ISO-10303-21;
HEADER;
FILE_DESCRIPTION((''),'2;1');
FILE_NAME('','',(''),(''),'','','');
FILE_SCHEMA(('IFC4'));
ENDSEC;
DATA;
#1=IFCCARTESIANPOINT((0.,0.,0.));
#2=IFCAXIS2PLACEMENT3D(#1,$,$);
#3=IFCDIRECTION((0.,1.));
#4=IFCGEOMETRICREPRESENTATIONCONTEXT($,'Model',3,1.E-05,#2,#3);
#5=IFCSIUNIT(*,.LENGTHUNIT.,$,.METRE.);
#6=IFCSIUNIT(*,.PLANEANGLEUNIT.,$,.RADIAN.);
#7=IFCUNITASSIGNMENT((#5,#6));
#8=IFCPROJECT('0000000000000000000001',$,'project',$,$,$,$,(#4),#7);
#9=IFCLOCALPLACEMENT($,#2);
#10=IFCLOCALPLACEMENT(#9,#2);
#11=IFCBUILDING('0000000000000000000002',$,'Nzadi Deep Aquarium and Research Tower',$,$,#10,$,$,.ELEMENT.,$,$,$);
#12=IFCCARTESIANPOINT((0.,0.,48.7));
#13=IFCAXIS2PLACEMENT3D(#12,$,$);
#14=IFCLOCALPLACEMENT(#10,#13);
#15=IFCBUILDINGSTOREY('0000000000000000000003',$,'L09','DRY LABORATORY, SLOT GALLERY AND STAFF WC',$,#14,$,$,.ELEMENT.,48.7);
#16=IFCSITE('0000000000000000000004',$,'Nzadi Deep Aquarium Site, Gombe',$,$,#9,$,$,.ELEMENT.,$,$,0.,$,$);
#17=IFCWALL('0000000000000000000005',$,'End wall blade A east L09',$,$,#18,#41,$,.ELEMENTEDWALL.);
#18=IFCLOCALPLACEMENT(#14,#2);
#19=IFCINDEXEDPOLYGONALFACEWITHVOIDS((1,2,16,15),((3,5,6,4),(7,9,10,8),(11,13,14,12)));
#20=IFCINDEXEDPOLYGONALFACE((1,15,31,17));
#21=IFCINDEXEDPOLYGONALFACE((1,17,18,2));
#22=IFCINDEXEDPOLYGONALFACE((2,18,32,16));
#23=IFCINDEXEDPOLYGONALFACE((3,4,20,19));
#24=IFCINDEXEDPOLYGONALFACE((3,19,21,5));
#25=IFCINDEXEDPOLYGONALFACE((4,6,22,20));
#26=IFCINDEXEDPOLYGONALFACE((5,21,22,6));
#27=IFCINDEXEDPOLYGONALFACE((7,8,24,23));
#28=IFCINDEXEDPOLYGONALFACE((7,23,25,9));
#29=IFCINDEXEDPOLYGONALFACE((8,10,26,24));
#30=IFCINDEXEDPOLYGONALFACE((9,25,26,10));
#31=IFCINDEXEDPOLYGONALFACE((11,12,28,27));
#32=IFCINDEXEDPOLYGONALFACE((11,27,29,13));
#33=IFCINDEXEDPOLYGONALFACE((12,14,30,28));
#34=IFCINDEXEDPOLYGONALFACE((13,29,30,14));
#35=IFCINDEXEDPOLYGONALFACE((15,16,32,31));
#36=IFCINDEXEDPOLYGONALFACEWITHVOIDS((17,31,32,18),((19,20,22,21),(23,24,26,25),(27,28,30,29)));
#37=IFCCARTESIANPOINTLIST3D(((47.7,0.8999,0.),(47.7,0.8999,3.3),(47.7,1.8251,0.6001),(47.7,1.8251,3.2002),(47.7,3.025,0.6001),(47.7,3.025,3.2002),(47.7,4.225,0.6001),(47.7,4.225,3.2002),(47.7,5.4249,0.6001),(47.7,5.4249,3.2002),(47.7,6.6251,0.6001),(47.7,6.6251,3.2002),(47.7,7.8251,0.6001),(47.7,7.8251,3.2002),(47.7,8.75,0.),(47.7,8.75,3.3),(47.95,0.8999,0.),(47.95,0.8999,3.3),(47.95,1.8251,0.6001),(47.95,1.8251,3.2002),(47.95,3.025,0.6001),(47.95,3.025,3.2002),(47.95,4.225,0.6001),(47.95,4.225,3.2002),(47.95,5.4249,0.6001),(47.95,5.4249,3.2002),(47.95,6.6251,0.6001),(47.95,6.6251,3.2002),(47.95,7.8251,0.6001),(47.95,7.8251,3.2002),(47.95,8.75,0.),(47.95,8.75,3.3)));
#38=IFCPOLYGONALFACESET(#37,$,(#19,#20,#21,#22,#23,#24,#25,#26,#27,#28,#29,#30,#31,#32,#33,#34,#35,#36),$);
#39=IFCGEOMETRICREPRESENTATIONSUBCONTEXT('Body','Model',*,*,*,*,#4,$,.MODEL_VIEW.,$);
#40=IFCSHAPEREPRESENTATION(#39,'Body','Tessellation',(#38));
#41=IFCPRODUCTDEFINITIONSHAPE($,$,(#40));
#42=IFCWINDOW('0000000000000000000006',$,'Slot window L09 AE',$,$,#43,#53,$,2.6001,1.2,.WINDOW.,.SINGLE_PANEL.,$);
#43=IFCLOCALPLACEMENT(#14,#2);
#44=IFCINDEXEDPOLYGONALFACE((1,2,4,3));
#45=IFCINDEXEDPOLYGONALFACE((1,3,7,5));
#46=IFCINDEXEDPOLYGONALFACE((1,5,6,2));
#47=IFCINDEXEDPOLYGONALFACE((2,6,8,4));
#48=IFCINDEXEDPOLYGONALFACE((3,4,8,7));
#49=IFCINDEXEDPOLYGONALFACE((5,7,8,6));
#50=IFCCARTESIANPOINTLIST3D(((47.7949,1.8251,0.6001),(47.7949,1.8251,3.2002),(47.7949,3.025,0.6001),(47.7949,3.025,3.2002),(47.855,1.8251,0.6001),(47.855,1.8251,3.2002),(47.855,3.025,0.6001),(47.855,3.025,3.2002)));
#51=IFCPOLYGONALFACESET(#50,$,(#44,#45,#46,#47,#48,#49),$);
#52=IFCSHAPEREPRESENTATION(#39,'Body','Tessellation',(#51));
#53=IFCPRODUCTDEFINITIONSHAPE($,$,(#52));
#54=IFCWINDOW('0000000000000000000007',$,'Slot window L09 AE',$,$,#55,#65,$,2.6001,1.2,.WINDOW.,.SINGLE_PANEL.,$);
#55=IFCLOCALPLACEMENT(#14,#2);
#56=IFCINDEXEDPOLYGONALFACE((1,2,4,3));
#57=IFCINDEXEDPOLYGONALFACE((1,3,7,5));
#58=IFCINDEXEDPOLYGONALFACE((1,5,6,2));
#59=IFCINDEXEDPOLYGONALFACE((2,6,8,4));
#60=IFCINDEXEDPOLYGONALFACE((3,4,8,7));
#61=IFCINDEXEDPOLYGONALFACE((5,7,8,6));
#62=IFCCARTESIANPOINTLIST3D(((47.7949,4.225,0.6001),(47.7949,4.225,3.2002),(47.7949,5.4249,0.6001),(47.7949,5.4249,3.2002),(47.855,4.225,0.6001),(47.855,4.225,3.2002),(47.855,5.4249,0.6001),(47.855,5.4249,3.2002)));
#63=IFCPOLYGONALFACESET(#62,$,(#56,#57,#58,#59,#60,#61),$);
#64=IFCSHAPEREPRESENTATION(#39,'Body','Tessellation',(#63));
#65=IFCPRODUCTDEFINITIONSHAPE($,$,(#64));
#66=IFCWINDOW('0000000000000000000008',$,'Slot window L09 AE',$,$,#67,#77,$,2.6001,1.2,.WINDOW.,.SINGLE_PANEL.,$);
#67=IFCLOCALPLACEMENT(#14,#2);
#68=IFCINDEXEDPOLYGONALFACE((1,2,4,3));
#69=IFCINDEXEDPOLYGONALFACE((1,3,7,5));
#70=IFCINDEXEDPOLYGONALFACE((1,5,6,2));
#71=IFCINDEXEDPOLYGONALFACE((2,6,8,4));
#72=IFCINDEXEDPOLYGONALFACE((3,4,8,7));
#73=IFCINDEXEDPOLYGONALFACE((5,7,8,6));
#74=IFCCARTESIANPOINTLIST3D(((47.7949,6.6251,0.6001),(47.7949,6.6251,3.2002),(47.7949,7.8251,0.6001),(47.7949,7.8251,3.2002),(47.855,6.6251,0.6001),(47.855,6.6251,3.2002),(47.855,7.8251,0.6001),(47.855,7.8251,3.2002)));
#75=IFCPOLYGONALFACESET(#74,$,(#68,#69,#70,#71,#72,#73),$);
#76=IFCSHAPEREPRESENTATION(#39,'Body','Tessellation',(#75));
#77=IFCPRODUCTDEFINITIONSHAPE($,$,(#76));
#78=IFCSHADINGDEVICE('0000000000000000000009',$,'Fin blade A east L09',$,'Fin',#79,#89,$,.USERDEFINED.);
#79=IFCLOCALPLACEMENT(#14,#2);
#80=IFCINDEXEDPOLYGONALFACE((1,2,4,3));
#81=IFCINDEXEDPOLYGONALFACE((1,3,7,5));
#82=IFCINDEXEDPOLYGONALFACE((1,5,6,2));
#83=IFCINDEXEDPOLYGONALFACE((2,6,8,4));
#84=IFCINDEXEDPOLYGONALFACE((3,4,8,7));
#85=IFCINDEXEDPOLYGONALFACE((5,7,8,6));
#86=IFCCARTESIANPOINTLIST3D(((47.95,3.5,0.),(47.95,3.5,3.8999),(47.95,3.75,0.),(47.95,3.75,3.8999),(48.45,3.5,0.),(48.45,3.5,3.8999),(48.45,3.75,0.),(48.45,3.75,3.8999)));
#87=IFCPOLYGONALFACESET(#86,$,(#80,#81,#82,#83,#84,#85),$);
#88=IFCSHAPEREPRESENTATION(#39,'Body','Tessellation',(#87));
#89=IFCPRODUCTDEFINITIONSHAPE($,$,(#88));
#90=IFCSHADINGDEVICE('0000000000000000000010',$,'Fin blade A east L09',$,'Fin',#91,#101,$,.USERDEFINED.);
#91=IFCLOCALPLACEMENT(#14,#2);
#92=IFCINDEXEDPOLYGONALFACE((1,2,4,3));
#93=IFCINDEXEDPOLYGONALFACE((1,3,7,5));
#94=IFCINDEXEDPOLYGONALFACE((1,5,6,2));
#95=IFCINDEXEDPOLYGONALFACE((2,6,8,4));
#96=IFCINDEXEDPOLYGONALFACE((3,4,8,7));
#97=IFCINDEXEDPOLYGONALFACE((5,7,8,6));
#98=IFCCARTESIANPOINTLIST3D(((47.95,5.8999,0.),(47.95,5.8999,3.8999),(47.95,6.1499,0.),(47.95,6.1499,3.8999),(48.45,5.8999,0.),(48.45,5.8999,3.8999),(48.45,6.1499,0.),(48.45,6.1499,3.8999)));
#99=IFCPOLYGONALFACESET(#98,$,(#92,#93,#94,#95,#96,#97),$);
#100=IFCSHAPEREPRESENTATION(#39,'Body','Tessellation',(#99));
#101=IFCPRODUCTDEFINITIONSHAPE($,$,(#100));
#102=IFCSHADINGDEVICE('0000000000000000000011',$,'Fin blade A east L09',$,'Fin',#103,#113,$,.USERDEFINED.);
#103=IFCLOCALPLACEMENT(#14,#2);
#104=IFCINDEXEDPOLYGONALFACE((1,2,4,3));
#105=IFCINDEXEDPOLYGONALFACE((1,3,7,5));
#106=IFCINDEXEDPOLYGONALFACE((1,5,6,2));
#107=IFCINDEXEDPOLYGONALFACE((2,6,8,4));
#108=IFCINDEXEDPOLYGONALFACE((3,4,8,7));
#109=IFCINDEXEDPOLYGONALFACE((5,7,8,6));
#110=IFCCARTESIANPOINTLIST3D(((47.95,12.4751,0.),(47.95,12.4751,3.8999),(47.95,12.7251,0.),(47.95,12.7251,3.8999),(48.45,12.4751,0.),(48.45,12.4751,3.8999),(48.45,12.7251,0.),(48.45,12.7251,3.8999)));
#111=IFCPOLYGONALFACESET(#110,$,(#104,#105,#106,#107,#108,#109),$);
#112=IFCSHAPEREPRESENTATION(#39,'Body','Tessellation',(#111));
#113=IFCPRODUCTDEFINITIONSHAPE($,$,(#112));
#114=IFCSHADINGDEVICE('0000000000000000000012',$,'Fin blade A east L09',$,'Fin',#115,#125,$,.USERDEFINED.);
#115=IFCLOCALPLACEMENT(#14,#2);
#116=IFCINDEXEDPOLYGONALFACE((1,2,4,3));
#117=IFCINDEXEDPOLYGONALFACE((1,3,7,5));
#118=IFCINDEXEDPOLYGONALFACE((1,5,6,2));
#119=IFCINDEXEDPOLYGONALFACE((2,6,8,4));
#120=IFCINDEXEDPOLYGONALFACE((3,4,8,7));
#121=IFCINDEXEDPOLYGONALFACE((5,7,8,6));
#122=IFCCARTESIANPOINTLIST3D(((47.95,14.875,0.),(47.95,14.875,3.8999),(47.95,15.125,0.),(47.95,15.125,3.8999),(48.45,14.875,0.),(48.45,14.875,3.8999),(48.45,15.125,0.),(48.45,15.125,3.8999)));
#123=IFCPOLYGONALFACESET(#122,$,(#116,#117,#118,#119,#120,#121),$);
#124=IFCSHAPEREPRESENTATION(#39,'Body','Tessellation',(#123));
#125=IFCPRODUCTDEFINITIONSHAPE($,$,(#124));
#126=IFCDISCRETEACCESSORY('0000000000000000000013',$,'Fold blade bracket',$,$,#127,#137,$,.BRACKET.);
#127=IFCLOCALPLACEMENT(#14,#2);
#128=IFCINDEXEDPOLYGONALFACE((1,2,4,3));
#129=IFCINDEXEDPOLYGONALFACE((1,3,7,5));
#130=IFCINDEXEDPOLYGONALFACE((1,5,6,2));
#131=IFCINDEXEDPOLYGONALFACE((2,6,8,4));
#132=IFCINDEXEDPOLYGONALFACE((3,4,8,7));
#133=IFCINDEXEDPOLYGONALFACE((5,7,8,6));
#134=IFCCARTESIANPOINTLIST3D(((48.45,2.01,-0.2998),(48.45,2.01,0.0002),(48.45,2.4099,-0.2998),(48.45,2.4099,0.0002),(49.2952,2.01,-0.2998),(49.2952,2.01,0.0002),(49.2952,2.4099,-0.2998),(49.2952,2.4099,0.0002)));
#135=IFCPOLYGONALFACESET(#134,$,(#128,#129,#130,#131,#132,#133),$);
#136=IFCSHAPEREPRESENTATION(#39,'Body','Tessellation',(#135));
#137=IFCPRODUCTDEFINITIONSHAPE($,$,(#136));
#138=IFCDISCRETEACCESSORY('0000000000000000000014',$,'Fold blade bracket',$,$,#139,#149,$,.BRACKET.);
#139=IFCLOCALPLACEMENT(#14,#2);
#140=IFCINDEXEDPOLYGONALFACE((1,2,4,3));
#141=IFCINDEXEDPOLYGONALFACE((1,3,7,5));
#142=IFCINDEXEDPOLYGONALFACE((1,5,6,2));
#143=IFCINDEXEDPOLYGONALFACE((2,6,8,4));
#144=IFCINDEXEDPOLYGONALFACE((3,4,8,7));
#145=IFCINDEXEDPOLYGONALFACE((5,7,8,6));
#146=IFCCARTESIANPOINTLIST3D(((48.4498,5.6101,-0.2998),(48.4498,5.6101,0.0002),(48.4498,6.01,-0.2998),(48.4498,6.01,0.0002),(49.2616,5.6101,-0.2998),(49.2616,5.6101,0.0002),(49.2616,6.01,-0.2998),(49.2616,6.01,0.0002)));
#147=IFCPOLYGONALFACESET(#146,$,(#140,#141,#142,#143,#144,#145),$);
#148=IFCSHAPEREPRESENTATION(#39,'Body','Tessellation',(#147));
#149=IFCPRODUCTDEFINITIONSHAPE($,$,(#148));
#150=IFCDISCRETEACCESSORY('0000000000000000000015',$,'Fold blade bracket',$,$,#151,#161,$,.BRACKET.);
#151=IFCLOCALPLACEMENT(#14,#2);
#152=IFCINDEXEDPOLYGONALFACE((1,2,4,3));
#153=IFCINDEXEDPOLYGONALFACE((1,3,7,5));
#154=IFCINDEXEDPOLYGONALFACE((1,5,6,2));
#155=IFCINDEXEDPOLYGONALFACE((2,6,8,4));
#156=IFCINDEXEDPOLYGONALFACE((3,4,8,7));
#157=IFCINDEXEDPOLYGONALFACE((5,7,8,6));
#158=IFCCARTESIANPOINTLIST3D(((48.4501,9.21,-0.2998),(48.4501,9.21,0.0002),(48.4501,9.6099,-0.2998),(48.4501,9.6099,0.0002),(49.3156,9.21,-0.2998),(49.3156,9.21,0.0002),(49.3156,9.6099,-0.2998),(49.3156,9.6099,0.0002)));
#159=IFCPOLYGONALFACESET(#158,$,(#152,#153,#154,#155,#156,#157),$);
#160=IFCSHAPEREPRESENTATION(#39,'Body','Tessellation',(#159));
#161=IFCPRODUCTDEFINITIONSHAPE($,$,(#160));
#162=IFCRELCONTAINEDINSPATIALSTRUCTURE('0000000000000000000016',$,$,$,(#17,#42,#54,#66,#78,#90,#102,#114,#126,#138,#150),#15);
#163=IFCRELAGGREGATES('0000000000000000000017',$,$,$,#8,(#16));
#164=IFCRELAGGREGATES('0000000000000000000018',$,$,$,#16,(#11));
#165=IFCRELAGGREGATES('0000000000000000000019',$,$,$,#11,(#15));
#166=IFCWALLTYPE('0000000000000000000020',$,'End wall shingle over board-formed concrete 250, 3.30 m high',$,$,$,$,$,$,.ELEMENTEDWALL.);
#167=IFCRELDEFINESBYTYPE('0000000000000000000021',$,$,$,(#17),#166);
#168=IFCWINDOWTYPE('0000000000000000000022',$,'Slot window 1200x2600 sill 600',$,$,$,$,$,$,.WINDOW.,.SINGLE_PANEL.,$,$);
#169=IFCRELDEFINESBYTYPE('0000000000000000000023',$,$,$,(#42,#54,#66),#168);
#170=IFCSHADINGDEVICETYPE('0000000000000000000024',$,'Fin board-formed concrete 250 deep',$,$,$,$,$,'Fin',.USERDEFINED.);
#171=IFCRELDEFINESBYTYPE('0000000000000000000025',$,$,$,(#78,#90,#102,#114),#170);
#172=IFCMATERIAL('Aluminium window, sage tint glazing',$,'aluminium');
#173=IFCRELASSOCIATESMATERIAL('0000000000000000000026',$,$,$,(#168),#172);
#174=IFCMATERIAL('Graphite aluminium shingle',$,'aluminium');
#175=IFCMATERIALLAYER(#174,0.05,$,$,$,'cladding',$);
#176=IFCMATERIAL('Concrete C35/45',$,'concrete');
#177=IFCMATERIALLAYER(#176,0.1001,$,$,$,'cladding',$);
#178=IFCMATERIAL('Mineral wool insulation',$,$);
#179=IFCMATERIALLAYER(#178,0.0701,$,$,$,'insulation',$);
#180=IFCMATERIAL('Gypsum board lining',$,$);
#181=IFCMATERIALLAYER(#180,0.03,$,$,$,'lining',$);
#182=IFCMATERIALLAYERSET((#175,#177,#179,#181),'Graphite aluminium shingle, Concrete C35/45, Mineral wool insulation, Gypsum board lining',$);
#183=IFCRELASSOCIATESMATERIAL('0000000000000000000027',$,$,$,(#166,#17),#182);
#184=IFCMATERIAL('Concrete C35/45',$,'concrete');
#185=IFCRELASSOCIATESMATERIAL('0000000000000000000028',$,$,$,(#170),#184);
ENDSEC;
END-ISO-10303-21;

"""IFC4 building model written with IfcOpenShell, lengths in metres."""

from ifc_helpers import new_model, si_unit, direction, frame, frame_2d, origin, origin_2d, place, context, subcontext, project, spatial, rectangle, extrude, material, layer, layer_set, layer_usage, type_object, element, fill, save


model = new_model("IFC4")

# Units and contexts
model_context = context("Model", 3, precision=1e-05, world=origin(), true_north=direction((0.0, 1.0)))
body_context = subcontext(model_context, "Body", "Model", "MODEL_VIEW")
ifc_project = project(units=[si_unit("LENGTHUNIT", "METRE"), si_unit("PLANEANGLEUNIT", "RADIAN")], contexts=[model_context])

# Site, building, storey
site_placement = place(None, origin())
site = spatial("IfcSite", under=ifc_project, at=site_placement, Name="Nzadi Deep Aquarium Site, Gombe", CompositionType="ELEMENT", RefElevation=0.0)
building_placement = place(site_placement, origin())
building = spatial("IfcBuilding", under=site, at=building_placement, Name="Nzadi Deep Aquarium and Research Tower", CompositionType="ELEMENT")
storey_placement = place(building_placement, frame((0.0, 0.0, 48.7)))
storey = spatial("IfcBuildingStorey", under=building, at=storey_placement, Name="L09", Description="DRY LABORATORY, SLOT GALLERY AND STAFF WC", CompositionType="ELEMENT", Elevation=48.7)

# Wall, openings, windows
ifc_material_1 = material(Name="Concrete C35/45", Category="concrete")
ifc_material_2 = material(Name="Mineral wool insulation")
ifc_material_3 = material(Name="Gypsum board lining")
ifc_material_4 = material(Name="Aluminium window, sage tint glazing", Category="aluminium")
window_type = type_object("IfcWindowType", Name="Slot window 1200x2600 sill 600", PartitioningType="SINGLE_PANEL", PredefinedType="WINDOW", material=ifc_material_4)
ifc_material_5 = material(Name="Graphite aluminium shingle", Category="aluminium")
ifc_layer_1 = layer(ifc_material_5, 0.05, Category="cladding")
ifc_layer_2 = layer(ifc_material_1, 0.1001, Category="cladding")
ifc_layer_3 = layer(ifc_material_2, 0.0701, Category="insulation")
ifc_layer_4 = layer(ifc_material_3, 0.03, Category="lining")
ifc_layer_set_1 = layer_set([ifc_layer_1, ifc_layer_2, ifc_layer_3, ifc_layer_4], Name="Graphite aluminium shingle, Concrete C35/45, Mineral wool insulation, Gypsum board lining")
ifc_layer_usage_1 = layer_usage(ifc_layer_set_1, "AXIS2", "POSITIVE", -0.125)
wall_type_1 = type_object("IfcWallType", Name="End wall shingle over board-formed concrete 250, 3.30 m high", PredefinedType="ELEMENTEDWALL", material=ifc_layer_set_1)
wall_1_placement = place(storey_placement, frame((47.825, 0.8999, 0.0), z_axis=(0.0, 0.0, 1.0), x_axis=(0.0, 1.0, 0.0)))
wall_1 = element("IfcWall", 1, at=wall_1_placement, inside=storey, type_object=wall_type_1, material=ifc_layer_usage_1, Name="End wall blade A east L09", PredefinedType="ELEMENTEDWALL", context=body_context, shape_type="SweptSolid", body=[
    extrude(rectangle(XDim=7.8501, YDim=0.25, at=frame_2d((3.925, 0.0))), origin(), (0.0, 0.0, 1.0), 3.3),
])
opening_1_placement = place(wall_1_placement, frame((0.925, 0.0, 0.6001)))
opening_1 = element("IfcOpeningElement", 2, at=opening_1_placement, cuts=wall_1, PredefinedType="OPENING", context=body_context, shape_type="SweptSolid", body=[
    extrude(rectangle(XDim=1.2, YDim=2.6001, at=frame_2d((0.6001, 1.3))), frame((0.0, 0.135, 0.0), z_axis=(0.0, -1.0, 0.0), x_axis=(1.0, 0.0, 0.0)), (0.0, 0.0, 1.0), 0.27),
])
opening_2_placement = place(wall_1_placement, frame((3.325, 0.0, 0.6001)))
opening_2 = element("IfcOpeningElement", 3, at=opening_2_placement, cuts=wall_1, PredefinedType="OPENING", context=body_context, shape_type="SweptSolid", body=[
    extrude(rectangle(XDim=1.2, YDim=2.6001, at=frame_2d((0.6001, 1.3))), frame((0.0, 0.135, 0.0), z_axis=(0.0, -1.0, 0.0), x_axis=(1.0, 0.0, 0.0)), (0.0, 0.0, 1.0), 0.27),
])
opening_3_placement = place(wall_1_placement, frame((5.7251, 0.0, 0.6001)))
opening_3 = element("IfcOpeningElement", 4, at=opening_3_placement, cuts=wall_1, PredefinedType="OPENING", context=body_context, shape_type="SweptSolid", body=[
    extrude(rectangle(XDim=1.2, YDim=2.6001, at=frame_2d((0.6001, 1.3))), frame((0.0, 0.135, 0.0), z_axis=(0.0, -1.0, 0.0), x_axis=(1.0, 0.0, 0.0)), (0.0, 0.0, 1.0), 0.27),
])
window_1_placement = place(opening_1_placement, origin())
window_1 = element("IfcWindow", 5, at=window_1_placement, inside=storey, type_object=window_type, Name="Slot window L09 AE", OverallHeight=2.6001, OverallWidth=1.2, PartitioningType="SINGLE_PANEL", PredefinedType="WINDOW", context=body_context, shape_type="SweptSolid", body=[
    extrude(rectangle(XDim=1.2, YDim=2.6001, at=frame_2d((0.6001, 1.3))), frame((0.0, 0.03, 0.0), z_axis=(0.0, -1.0, 0.0), x_axis=(1.0, 0.0, 0.0)), (0.0, 0.0, 1.0), 0.0601),
])
fill(opening_1, window_1)
window_2_placement = place(opening_2_placement, origin())
window_2 = element("IfcWindow", 6, at=window_2_placement, inside=storey, type_object=window_type, Name="Slot window L09 AE", OverallHeight=2.6001, OverallWidth=1.2, PartitioningType="SINGLE_PANEL", PredefinedType="WINDOW", context=body_context, shape_type="SweptSolid", body=[
    extrude(rectangle(XDim=1.2, YDim=2.6001, at=frame_2d((0.6001, 1.3))), frame((0.0, 0.03, 0.0), z_axis=(0.0, -1.0, 0.0), x_axis=(1.0, 0.0, 0.0)), (0.0, 0.0, 1.0), 0.0601),
])
fill(opening_2, window_2)
window_3_placement = place(opening_3_placement, origin())
window_3 = element("IfcWindow", 7, at=window_3_placement, inside=storey, type_object=window_type, Name="Slot window L09 AE", OverallHeight=2.6001, OverallWidth=1.2, PartitioningType="SINGLE_PANEL", PredefinedType="WINDOW", context=body_context, shape_type="SweptSolid", body=[
    extrude(rectangle(XDim=1.2, YDim=2.6001, at=frame_2d((0.6001, 1.3))), frame((0.0, 0.03, 0.0), z_axis=(0.0, -1.0, 0.0), x_axis=(1.0, 0.0, 0.0)), (0.0, 0.0, 1.0), 0.0601),
])
fill(opening_3, window_3)

# Shading devices
ifc_material_6 = material(Name="Concrete C35/45", Category="concrete")
shading_device_type = type_object("IfcShadingDeviceType", Name="Fin board-formed concrete 250 deep", ElementType="Fin", PredefinedType="USERDEFINED", material=ifc_material_6)
for number, where, z_axis, x_axis, name in (
    (8, (48.2, 3.625, 0.0), (0.0, 0.0, 1.0), (1.0, 0.0, 0.0), "Fin blade A east L09"),
    (9, (48.2, 6.0249, 0.0), (0.0, 0.0, 1.0), (1.0, 0.0, 0.0), "Fin blade A east L09"),
    (10, (48.2, 12.6001, 0.0), (0.0, 0.0, 1.0), (1.0, 0.0, 0.0), "Fin blade A east L09"),
    (11, (48.2, 15.0, 0.0), (0.0, 0.0, 1.0), (1.0, 0.0, 0.0), "Fin blade A east L09"),
):
    element("IfcShadingDevice", number, at=place(storey_placement, frame(where, z_axis=z_axis, x_axis=x_axis)), inside=storey, type_object=shading_device_type, Name=name, ObjectType="Fin", PredefinedType="USERDEFINED", context=body_context, shape_type="SweptSolid", body=[
        extrude(rectangle(XDim=0.5, YDim=0.25, at=origin_2d()), origin(), (0.0, 0.0, 1.0), 3.8999),
    ])

# Discrete accessories
discrete_accessory_1_placement = place(storey_placement, frame((48.8726, 2.21, -0.2998), z_axis=(0.0, 0.0, 1.0), x_axis=(1.0, 0.0, 0.0)))
element("IfcDiscreteAccessory", 12, at=discrete_accessory_1_placement, inside=storey, Name="Fold blade bracket", PredefinedType="BRACKET", context=body_context, shape_type="SweptSolid", body=[
    extrude(rectangle(XDim=0.8452, YDim=0.3999, at=origin_2d()), origin(), (0.0, 0.0, 1.0), 0.3),
])
discrete_accessory_2_placement = place(storey_placement, frame((48.8557, 5.8101, -0.2998), z_axis=(0.0, 0.0, 1.0), x_axis=(1.0, 0.0, 0.0)))
element("IfcDiscreteAccessory", 13, at=discrete_accessory_2_placement, inside=storey, Name="Fold blade bracket", PredefinedType="BRACKET", context=body_context, shape_type="SweptSolid", body=[
    extrude(rectangle(XDim=0.8118, YDim=0.3999, at=origin_2d()), origin(), (0.0, 0.0, 1.0), 0.3),
])
discrete_accessory_3_placement = place(storey_placement, frame((48.8828, 9.4099, -0.2998), z_axis=(0.0, 0.0, 1.0), x_axis=(1.0, 0.0, 0.0)))
element("IfcDiscreteAccessory", 14, at=discrete_accessory_3_placement, inside=storey, Name="Fold blade bracket", PredefinedType="BRACKET", context=body_context, shape_type="SweptSolid", body=[
    extrude(rectangle(XDim=0.8655, YDim=0.3999, at=origin_2d()), origin(), (0.0, 0.0, 1.0), 0.3),
])

save(model, "model.ifc")
